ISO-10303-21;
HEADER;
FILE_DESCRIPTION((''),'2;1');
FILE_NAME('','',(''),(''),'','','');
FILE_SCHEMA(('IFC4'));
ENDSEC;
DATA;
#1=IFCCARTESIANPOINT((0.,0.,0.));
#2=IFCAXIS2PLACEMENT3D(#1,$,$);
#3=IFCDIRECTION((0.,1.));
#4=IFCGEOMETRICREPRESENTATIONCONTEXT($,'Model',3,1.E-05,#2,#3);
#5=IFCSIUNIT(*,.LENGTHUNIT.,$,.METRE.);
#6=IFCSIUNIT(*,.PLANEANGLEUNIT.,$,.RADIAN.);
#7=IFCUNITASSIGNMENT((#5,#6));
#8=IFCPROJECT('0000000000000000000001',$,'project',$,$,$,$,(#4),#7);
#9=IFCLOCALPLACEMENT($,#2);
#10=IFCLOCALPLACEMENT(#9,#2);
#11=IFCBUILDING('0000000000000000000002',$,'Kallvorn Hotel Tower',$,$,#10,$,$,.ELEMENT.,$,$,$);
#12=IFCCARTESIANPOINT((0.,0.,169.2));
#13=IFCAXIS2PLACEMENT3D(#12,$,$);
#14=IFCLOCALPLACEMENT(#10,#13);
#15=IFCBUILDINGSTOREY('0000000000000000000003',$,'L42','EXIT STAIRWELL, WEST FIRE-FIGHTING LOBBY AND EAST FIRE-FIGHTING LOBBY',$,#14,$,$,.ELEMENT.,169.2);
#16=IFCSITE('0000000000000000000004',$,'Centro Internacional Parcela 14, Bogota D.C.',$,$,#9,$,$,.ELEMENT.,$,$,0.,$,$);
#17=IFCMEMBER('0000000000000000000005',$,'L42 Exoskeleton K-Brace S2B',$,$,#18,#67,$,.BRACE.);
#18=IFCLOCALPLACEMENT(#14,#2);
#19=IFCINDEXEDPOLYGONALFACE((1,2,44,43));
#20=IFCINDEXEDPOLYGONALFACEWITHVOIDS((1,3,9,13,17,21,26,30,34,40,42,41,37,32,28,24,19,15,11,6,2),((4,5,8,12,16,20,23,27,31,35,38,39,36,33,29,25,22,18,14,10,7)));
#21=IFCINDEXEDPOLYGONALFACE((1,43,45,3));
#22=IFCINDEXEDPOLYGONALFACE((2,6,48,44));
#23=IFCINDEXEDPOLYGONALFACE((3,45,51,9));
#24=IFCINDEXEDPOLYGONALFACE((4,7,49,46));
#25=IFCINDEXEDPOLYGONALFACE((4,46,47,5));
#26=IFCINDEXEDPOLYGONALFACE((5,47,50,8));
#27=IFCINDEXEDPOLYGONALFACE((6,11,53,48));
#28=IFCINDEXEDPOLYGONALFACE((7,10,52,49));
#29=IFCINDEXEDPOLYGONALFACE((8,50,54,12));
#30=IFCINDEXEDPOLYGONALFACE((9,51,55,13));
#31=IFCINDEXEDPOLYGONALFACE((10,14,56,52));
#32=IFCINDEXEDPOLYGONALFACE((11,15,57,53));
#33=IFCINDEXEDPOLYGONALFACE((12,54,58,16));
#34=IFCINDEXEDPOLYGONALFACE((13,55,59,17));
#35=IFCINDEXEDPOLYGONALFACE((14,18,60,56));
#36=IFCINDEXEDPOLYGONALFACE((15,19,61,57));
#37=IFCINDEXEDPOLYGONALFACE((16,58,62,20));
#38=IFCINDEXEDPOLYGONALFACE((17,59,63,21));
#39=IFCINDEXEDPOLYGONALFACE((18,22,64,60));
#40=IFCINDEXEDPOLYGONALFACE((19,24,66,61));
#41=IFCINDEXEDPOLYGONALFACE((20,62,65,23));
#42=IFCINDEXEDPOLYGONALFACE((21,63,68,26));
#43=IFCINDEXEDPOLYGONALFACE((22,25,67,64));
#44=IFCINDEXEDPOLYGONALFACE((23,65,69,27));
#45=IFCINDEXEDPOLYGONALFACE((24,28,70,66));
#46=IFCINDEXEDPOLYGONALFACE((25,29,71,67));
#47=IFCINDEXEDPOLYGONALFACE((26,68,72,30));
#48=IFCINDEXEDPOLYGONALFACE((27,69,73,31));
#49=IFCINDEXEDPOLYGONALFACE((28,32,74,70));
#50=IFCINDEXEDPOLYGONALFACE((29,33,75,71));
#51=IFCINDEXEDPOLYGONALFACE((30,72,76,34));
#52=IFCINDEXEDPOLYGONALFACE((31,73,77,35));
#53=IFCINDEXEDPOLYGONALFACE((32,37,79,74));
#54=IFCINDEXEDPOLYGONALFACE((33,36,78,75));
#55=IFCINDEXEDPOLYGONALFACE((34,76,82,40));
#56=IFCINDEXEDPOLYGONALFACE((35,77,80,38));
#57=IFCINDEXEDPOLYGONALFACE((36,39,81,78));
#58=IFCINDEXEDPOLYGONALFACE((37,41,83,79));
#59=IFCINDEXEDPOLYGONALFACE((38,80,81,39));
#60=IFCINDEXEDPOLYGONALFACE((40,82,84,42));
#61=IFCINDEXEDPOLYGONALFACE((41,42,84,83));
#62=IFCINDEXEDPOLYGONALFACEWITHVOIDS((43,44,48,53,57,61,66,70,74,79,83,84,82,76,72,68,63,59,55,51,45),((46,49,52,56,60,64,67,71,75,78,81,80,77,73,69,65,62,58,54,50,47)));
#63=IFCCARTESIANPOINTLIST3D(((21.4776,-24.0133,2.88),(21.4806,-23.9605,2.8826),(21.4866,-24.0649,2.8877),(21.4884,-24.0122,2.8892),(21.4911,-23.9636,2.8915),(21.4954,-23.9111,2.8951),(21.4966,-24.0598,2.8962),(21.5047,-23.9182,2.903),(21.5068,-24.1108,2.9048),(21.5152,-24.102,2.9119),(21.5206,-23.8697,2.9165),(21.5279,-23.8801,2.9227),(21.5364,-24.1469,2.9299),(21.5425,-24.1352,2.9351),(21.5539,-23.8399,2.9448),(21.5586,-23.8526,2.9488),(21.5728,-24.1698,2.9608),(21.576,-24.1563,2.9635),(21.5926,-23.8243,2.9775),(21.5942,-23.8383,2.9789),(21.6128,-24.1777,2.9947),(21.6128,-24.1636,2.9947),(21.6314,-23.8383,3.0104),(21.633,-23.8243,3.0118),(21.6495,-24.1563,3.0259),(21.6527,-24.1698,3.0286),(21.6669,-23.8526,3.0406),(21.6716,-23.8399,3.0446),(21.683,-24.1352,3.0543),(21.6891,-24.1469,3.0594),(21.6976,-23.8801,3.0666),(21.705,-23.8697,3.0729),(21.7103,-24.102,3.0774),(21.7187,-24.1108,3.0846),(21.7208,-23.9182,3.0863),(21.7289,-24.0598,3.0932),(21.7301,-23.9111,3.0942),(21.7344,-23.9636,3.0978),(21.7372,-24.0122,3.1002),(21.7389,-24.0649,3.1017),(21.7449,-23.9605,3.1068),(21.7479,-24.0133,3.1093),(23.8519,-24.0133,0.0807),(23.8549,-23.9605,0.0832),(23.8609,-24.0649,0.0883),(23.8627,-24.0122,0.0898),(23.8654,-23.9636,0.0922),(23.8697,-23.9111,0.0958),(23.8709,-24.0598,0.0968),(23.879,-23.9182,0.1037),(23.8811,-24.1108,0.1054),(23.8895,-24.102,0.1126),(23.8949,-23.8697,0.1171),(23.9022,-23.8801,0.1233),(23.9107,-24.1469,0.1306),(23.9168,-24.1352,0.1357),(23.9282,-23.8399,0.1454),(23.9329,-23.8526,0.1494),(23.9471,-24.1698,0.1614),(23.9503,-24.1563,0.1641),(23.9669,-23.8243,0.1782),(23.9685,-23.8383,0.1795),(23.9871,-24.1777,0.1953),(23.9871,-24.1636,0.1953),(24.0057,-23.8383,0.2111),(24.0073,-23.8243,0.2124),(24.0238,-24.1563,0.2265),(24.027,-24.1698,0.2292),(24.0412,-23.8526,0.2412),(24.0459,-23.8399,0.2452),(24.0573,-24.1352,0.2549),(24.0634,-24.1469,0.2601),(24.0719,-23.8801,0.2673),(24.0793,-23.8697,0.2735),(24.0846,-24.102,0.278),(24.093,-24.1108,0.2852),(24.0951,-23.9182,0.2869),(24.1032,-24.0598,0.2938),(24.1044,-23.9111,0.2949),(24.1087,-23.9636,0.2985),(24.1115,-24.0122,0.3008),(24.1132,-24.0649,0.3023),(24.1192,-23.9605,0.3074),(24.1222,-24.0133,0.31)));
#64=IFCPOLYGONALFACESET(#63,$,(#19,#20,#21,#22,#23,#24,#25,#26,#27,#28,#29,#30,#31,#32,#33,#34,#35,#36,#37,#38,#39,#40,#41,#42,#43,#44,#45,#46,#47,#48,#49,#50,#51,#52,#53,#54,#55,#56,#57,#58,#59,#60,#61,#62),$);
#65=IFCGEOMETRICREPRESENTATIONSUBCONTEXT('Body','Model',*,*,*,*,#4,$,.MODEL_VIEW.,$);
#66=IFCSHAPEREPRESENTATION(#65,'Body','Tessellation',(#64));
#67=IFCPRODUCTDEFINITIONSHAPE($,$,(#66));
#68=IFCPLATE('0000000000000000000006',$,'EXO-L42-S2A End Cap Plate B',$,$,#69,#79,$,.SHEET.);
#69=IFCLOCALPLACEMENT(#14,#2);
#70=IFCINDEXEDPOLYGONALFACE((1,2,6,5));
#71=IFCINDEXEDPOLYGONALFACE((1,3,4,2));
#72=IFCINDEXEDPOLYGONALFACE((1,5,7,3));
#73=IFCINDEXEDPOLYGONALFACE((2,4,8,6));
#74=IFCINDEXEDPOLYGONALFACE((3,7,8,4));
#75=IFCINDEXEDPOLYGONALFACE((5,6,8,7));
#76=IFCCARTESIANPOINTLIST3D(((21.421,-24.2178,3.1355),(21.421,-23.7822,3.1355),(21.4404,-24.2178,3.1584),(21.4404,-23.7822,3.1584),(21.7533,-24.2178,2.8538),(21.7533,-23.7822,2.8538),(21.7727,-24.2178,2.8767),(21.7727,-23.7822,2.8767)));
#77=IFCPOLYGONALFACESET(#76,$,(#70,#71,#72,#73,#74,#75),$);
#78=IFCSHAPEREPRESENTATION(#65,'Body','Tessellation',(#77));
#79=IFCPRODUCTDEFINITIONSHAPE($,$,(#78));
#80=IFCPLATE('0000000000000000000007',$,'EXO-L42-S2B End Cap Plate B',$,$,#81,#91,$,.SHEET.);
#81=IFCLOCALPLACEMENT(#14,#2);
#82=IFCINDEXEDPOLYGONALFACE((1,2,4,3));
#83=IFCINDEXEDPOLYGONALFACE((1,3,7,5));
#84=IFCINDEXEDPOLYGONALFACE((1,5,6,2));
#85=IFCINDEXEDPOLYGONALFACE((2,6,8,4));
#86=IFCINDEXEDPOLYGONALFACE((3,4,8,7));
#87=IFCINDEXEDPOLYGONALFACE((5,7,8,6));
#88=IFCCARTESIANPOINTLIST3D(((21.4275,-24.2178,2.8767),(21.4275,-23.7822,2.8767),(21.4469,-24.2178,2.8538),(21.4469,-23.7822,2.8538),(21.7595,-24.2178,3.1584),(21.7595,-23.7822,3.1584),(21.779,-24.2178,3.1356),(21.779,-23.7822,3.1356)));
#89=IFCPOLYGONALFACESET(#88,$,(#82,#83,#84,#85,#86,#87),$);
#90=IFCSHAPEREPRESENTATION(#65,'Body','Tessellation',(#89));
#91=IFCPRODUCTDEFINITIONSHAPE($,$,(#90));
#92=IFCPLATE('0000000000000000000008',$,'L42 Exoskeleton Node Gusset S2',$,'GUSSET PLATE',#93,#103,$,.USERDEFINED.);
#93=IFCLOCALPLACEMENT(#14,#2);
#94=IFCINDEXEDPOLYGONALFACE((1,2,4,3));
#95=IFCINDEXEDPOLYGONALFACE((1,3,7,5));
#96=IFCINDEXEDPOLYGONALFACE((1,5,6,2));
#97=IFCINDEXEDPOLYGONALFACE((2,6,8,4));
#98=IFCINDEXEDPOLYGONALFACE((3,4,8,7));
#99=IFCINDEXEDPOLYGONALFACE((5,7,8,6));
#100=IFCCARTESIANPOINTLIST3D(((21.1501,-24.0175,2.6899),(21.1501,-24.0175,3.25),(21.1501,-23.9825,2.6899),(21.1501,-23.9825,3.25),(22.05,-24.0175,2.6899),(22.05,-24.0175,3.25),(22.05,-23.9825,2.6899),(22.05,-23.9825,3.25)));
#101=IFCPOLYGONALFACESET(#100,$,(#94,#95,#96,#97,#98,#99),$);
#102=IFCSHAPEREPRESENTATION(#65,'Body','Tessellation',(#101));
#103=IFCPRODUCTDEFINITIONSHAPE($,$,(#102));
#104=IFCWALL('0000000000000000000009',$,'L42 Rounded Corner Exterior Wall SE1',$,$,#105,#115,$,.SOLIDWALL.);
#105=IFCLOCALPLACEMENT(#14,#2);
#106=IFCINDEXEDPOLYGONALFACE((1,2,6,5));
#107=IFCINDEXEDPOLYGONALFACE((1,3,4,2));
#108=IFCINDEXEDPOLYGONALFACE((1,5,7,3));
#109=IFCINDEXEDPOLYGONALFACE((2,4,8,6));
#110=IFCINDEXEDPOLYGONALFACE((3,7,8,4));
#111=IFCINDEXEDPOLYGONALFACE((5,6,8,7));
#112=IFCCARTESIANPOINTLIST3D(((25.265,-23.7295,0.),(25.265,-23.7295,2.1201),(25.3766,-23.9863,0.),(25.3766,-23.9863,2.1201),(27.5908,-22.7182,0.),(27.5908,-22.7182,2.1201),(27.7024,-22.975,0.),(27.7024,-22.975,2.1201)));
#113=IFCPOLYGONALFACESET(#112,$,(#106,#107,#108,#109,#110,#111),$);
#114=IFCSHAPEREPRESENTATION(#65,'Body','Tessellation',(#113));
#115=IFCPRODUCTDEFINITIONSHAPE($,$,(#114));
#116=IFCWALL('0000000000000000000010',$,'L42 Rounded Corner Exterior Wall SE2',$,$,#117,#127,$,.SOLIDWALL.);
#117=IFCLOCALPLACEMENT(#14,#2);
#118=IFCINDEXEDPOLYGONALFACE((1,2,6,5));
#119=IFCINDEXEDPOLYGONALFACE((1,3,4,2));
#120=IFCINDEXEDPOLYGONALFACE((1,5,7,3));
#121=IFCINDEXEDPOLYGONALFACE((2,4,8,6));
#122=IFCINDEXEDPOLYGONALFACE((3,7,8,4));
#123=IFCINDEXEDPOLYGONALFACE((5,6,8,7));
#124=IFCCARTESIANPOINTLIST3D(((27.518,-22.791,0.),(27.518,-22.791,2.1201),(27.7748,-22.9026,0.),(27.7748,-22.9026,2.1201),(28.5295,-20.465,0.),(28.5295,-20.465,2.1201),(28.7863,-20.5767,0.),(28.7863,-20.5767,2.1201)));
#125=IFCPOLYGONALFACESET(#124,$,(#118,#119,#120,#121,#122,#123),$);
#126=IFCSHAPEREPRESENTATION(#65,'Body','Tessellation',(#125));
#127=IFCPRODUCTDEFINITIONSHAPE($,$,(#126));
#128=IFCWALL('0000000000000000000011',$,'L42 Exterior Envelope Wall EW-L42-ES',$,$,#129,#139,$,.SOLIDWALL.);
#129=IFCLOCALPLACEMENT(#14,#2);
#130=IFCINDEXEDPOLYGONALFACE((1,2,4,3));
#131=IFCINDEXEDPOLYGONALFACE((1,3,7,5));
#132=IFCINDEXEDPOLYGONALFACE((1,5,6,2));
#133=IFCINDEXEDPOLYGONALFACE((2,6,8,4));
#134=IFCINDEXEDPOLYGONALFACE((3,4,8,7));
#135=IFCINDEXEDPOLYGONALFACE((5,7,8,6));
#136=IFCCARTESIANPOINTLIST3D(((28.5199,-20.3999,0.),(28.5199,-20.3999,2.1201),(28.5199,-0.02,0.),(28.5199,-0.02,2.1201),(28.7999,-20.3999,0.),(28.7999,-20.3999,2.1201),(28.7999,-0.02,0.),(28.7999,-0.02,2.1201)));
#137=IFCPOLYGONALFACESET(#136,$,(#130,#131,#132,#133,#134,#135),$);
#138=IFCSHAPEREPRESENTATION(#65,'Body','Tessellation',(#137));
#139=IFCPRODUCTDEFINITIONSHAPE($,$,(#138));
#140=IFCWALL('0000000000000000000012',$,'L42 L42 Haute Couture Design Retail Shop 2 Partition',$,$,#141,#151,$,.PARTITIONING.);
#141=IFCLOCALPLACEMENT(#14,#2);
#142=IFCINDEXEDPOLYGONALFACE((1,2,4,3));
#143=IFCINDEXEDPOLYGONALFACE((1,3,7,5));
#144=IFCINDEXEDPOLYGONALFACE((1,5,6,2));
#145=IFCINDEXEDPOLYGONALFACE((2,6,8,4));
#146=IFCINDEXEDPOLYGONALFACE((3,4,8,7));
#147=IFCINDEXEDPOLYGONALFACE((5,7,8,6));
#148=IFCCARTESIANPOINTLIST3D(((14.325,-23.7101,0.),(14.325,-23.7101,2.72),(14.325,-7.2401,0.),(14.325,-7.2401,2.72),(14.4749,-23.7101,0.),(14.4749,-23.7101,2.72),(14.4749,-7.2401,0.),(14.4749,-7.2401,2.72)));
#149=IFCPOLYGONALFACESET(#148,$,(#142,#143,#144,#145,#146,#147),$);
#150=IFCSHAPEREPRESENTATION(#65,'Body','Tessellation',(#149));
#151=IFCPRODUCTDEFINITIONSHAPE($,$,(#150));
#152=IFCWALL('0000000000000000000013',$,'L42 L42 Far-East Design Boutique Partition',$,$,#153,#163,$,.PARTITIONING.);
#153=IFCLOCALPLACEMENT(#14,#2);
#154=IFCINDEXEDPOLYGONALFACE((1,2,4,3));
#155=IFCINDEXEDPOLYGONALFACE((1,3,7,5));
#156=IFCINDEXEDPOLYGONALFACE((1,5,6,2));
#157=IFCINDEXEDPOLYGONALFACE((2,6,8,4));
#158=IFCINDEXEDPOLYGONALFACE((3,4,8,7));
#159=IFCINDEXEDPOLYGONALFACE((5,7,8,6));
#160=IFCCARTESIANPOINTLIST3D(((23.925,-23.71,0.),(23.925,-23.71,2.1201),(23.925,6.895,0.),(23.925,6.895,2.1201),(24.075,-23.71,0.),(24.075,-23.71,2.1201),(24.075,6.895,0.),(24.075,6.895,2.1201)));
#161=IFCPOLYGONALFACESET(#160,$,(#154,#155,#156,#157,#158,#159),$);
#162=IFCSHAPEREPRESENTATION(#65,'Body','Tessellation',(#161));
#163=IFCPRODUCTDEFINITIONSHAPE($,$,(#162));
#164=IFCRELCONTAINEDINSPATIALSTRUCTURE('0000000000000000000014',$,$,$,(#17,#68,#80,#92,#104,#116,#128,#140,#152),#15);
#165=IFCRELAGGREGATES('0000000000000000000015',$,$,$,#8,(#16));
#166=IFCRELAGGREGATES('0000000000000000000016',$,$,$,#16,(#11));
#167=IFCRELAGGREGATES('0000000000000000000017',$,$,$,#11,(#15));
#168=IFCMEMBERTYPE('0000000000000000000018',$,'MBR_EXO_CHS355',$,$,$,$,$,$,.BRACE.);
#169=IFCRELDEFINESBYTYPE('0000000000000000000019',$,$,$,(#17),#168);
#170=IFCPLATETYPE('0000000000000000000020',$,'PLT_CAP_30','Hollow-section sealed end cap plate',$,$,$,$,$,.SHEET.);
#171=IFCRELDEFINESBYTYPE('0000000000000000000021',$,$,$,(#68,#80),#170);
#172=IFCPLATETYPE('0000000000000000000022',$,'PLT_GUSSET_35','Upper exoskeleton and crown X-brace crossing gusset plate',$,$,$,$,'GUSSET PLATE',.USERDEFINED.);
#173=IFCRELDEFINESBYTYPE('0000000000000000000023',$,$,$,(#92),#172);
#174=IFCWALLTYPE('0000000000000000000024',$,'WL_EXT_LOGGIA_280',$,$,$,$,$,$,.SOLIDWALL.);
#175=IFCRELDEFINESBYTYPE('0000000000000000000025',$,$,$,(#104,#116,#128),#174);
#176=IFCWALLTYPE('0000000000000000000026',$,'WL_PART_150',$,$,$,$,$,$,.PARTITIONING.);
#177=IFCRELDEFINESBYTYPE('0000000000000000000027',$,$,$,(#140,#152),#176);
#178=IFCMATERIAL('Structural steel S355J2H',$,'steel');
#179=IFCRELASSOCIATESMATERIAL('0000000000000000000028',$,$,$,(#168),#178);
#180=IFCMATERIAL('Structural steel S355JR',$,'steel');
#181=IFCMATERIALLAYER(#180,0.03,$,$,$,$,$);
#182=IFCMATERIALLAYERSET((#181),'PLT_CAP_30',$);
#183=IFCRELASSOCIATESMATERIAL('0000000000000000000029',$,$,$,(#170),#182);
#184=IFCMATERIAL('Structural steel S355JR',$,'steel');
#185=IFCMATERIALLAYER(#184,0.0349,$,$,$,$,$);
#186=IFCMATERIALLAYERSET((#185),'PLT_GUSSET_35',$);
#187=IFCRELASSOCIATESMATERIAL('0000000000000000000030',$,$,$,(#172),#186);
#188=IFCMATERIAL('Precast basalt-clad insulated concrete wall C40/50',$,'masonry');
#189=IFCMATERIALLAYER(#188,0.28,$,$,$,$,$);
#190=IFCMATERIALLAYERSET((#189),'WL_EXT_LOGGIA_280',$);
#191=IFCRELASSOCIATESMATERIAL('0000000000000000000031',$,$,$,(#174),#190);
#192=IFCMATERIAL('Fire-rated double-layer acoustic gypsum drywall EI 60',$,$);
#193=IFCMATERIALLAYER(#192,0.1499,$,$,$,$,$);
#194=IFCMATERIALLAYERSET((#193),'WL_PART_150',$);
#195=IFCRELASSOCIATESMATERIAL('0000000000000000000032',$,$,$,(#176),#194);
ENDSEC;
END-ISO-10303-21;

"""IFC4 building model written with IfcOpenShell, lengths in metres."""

from ifc_helpers import new_model, si_unit, direction, frame, frame_2d, origin, origin_2d, place, context, subcontext, project, spatial, polyline, rectangle, hollow_circle, outline, extrude, material, layer, layer_set, material_profile, profile_set, type_object, element, save


model = new_model("IFC4")

# Units and contexts
model_context = context("Model", 3, precision=1e-05, world=origin(), true_north=direction((0.0, 1.0)))
body_context = subcontext(model_context, "Body", "Model", "MODEL_VIEW")
ifc_project = project(units=[si_unit("LENGTHUNIT", "METRE"), si_unit("PLANEANGLEUNIT", "RADIAN")], contexts=[model_context])

# Site, building, storey
site_placement = place(None, origin())
site = spatial("IfcSite", under=ifc_project, at=site_placement, Name="Centro Internacional Parcela 14, Bogota D.C.", CompositionType="ELEMENT", RefElevation=0.0)
building_placement = place(site_placement, origin())
building = spatial("IfcBuilding", under=site, at=building_placement, Name="Kallvorn Hotel Tower", CompositionType="ELEMENT")
storey_placement = place(building_placement, frame((0.0, 0.0, 169.2)))
storey = spatial("IfcBuildingStorey", under=building, at=storey_placement, Name="L42", Description="EXIT STAIRWELL, WEST FIRE-FIGHTING LOBBY AND EAST FIRE-FIGHTING LOBBY", CompositionType="ELEMENT", Elevation=169.2)

# Member
ifc_material_1 = material(Name="Structural steel S355J2H", Category="steel")
ifc_material_profile_1 = material_profile(ifc_material_1, hollow_circle(Radius=0.1777, WallThickness=0.0142, at=origin_2d()), Name="CHS 355.6x14.2")
ifc_profile_set_1 = profile_set([ifc_material_profile_1], Name="Structural steel S355J2H")
member_type = type_object("IfcMemberType", Name="MBR_EXO_CHS355", PredefinedType="BRACE", material=ifc_profile_set_1)
for number, where, z_axis, x_axis, name in (
    (1, (23.9871, -24.0, 0.1953), (-0.646833, 0.0, 0.762631), (0.0, -1.0, 0.0), "L42 Exoskeleton K-Brace S2B"),
):
    element("IfcMember", number, at=place(storey_placement, frame(where, z_axis=z_axis, x_axis=x_axis)), inside=storey, type_object=member_type, Name=name, PredefinedType="BRACE", context=body_context, shape_type="SweptSolid", body=[
        extrude(hollow_circle(Radius=0.1777, WallThickness=0.0142, at=origin_2d()), origin(), (0.0, 0.0, 1.0), 3.6707),
    ])

# Plates
ifc_material_2 = material(Name="Structural steel S355JR", Category="steel")
ifc_layer_1 = layer(ifc_material_2, 0.03)
ifc_layer_set_1 = layer_set([ifc_layer_1], Name="PLT_CAP_30")
plate_type_1 = type_object("IfcPlateType", Name="PLT_CAP_30", Description="Hollow-section sealed end cap plate", PredefinedType="SHEET", material=ifc_layer_set_1)
plate_1_placement = place(storey_placement, frame((21.7727, -24.2178, 2.8767), z_axis=(0.646721, 0.0, 0.762727), x_axis=(0.0, 1.0, 0.0)))
element("IfcPlate", 2, at=plate_1_placement, inside=storey, type_object=plate_type_1, Name="EXO-L42-S2A End Cap Plate B", PredefinedType="SHEET", context=body_context, shape_type="SweptSolid", body=[
    extrude(outline(polyline([(0.0, 0.0), (0.4355, 0.0), (0.4355, 0.4356), (0.0, 0.4356), (0.0, 0.0)])), origin(), (0.0, 0.0, -1.0), 0.03),
])
plate_2_placement = place(storey_placement, frame((21.4275, -23.7822, 2.8767), z_axis=(-0.646997, 0.0, 0.762492), x_axis=(0.0, -1.0, 0.0)))
element("IfcPlate", 3, at=plate_2_placement, inside=storey, type_object=plate_type_1, Name="EXO-L42-S2B End Cap Plate B", PredefinedType="SHEET", context=body_context, shape_type="SweptSolid", body=[
    extrude(outline(polyline([(0.0, 0.0), (0.4355, 0.0), (0.4355, 0.4355), (0.0, 0.4355), (0.0, 0.0)])), origin(), (0.0, 0.0, -1.0), 0.03),
])
ifc_material_3 = material(Name="Structural steel S355JR", Category="steel")
ifc_layer_2 = layer(ifc_material_3, 0.0349)
ifc_layer_set_2 = layer_set([ifc_layer_2], Name="PLT_GUSSET_35")
plate_type_2 = type_object("IfcPlateType", Name="PLT_GUSSET_35", Description="Upper exoskeleton and crown X-brace crossing gusset plate", ElementType="GUSSET PLATE", PredefinedType="USERDEFINED", material=ifc_layer_set_2)
plate_3_placement = place(storey_placement, frame((21.6001, -24.0, 2.6899), z_axis=(0.0, 0.0, 1.0), x_axis=(1.0, 0.0, 0.0)))
element("IfcPlate", 4, at=plate_3_placement, inside=storey, type_object=plate_type_2, Name="L42 Exoskeleton Node Gusset S2", ObjectType="GUSSET PLATE", PredefinedType="USERDEFINED", context=body_context, shape_type="SweptSolid", body=[
    extrude(rectangle(XDim=0.8999, YDim=0.0349, at=origin_2d()), origin(), (0.0, 0.0, 1.0), 0.5601),
])

# Walls
ifc_material_4 = material(Name="Precast basalt-clad insulated concrete wall C40/50", Category="masonry")
ifc_layer_3 = layer(ifc_material_4, 0.28)
ifc_layer_set_3 = layer_set([ifc_layer_3], Name="WL_EXT_LOGGIA_280")
wall_type_1 = type_object("IfcWallType", Name="WL_EXT_LOGGIA_280", PredefinedType="SOLIDWALL", material=ifc_layer_set_3)
wall_1_placement = place(storey_placement, frame((25.3208, -23.8579, 0.0), z_axis=(0.0, 0.0, 1.0), x_axis=(0.917061, 0.398747, 0.0)))
element("IfcWall", 5, at=wall_1_placement, inside=storey, type_object=wall_type_1, Name="L42 Rounded Corner Exterior Wall SE1", PredefinedType="SOLIDWALL", context=body_context, shape_type="SweptSolid", body=[
    extrude(rectangle(XDim=2.5361, YDim=0.28, at=frame_2d((1.2681, 0.0))), origin(), (0.0, 0.0, 1.0), 2.1201),
])
wall_2_placement = place(storey_placement, frame((27.6465, -22.8467, 0.0), z_axis=(0.0, 0.0, 1.0), x_axis=(0.398793, 0.917041, 0.0)))
element("IfcWall", 6, at=wall_2_placement, inside=storey, type_object=wall_type_1, Name="L42 Rounded Corner Exterior Wall SE2", PredefinedType="SOLIDWALL", context=body_context, shape_type="SweptSolid", body=[
    extrude(rectangle(XDim=2.5364, YDim=0.28, at=frame_2d((1.2681, 0.0))), origin(), (0.0, 0.0, 1.0), 2.1201),
])
wall_3_placement = place(storey_placement, frame((28.6599, -20.3999, 0.0), z_axis=(0.0, 0.0, 1.0), x_axis=(0.0, 1.0, 0.0)))
element("IfcWall", 7, at=wall_3_placement, inside=storey, type_object=wall_type_1, Name="L42 Exterior Envelope Wall EW-L42-ES", PredefinedType="SOLIDWALL", context=body_context, shape_type="SweptSolid", body=[
    extrude(rectangle(XDim=20.3799, YDim=0.28, at=frame_2d((10.1899, 0.0))), origin(), (0.0, 0.0, 1.0), 2.1201),
])
ifc_material_5 = material(Name="Fire-rated double-layer acoustic gypsum drywall EI 60")
ifc_layer_4 = layer(ifc_material_5, 0.1499)
ifc_layer_set_4 = layer_set([ifc_layer_4], Name="WL_PART_150")
wall_type_2 = type_object("IfcWallType", Name="WL_PART_150", PredefinedType="PARTITIONING", material=ifc_layer_set_4)
wall_4_placement = place(storey_placement, frame((14.3999, -23.71, 0.0), z_axis=(0.0, 0.0, 1.0), x_axis=(0.0, 1.0, 0.0)))
element("IfcWall", 8, at=wall_4_placement, inside=storey, type_object=wall_type_2, Name="L42 L42 Haute Couture Design Retail Shop 2 Partition", PredefinedType="PARTITIONING", context=body_context, shape_type="SweptSolid", body=[
    extrude(rectangle(XDim=16.47, YDim=0.1499, at=frame_2d((8.2349, 0.0))), origin(), (0.0, 0.0, 1.0), 2.72),
])
wall_5_placement = place(storey_placement, frame((24.0, -23.71, 0.0), z_axis=(0.0, 0.0, 1.0), x_axis=(0.0, 1.0, 0.0)))
element("IfcWall", 9, at=wall_5_placement, inside=storey, type_object=wall_type_2, Name="L42 L42 Far-East Design Boutique Partition", PredefinedType="PARTITIONING", context=body_context, shape_type="SweptSolid", body=[
    extrude(rectangle(XDim=30.605, YDim=0.1499, at=frame_2d((15.3025, 0.0))), origin(), (0.0, 0.0, 1.0), 2.1201),
])

save(model, "model.ifc")
